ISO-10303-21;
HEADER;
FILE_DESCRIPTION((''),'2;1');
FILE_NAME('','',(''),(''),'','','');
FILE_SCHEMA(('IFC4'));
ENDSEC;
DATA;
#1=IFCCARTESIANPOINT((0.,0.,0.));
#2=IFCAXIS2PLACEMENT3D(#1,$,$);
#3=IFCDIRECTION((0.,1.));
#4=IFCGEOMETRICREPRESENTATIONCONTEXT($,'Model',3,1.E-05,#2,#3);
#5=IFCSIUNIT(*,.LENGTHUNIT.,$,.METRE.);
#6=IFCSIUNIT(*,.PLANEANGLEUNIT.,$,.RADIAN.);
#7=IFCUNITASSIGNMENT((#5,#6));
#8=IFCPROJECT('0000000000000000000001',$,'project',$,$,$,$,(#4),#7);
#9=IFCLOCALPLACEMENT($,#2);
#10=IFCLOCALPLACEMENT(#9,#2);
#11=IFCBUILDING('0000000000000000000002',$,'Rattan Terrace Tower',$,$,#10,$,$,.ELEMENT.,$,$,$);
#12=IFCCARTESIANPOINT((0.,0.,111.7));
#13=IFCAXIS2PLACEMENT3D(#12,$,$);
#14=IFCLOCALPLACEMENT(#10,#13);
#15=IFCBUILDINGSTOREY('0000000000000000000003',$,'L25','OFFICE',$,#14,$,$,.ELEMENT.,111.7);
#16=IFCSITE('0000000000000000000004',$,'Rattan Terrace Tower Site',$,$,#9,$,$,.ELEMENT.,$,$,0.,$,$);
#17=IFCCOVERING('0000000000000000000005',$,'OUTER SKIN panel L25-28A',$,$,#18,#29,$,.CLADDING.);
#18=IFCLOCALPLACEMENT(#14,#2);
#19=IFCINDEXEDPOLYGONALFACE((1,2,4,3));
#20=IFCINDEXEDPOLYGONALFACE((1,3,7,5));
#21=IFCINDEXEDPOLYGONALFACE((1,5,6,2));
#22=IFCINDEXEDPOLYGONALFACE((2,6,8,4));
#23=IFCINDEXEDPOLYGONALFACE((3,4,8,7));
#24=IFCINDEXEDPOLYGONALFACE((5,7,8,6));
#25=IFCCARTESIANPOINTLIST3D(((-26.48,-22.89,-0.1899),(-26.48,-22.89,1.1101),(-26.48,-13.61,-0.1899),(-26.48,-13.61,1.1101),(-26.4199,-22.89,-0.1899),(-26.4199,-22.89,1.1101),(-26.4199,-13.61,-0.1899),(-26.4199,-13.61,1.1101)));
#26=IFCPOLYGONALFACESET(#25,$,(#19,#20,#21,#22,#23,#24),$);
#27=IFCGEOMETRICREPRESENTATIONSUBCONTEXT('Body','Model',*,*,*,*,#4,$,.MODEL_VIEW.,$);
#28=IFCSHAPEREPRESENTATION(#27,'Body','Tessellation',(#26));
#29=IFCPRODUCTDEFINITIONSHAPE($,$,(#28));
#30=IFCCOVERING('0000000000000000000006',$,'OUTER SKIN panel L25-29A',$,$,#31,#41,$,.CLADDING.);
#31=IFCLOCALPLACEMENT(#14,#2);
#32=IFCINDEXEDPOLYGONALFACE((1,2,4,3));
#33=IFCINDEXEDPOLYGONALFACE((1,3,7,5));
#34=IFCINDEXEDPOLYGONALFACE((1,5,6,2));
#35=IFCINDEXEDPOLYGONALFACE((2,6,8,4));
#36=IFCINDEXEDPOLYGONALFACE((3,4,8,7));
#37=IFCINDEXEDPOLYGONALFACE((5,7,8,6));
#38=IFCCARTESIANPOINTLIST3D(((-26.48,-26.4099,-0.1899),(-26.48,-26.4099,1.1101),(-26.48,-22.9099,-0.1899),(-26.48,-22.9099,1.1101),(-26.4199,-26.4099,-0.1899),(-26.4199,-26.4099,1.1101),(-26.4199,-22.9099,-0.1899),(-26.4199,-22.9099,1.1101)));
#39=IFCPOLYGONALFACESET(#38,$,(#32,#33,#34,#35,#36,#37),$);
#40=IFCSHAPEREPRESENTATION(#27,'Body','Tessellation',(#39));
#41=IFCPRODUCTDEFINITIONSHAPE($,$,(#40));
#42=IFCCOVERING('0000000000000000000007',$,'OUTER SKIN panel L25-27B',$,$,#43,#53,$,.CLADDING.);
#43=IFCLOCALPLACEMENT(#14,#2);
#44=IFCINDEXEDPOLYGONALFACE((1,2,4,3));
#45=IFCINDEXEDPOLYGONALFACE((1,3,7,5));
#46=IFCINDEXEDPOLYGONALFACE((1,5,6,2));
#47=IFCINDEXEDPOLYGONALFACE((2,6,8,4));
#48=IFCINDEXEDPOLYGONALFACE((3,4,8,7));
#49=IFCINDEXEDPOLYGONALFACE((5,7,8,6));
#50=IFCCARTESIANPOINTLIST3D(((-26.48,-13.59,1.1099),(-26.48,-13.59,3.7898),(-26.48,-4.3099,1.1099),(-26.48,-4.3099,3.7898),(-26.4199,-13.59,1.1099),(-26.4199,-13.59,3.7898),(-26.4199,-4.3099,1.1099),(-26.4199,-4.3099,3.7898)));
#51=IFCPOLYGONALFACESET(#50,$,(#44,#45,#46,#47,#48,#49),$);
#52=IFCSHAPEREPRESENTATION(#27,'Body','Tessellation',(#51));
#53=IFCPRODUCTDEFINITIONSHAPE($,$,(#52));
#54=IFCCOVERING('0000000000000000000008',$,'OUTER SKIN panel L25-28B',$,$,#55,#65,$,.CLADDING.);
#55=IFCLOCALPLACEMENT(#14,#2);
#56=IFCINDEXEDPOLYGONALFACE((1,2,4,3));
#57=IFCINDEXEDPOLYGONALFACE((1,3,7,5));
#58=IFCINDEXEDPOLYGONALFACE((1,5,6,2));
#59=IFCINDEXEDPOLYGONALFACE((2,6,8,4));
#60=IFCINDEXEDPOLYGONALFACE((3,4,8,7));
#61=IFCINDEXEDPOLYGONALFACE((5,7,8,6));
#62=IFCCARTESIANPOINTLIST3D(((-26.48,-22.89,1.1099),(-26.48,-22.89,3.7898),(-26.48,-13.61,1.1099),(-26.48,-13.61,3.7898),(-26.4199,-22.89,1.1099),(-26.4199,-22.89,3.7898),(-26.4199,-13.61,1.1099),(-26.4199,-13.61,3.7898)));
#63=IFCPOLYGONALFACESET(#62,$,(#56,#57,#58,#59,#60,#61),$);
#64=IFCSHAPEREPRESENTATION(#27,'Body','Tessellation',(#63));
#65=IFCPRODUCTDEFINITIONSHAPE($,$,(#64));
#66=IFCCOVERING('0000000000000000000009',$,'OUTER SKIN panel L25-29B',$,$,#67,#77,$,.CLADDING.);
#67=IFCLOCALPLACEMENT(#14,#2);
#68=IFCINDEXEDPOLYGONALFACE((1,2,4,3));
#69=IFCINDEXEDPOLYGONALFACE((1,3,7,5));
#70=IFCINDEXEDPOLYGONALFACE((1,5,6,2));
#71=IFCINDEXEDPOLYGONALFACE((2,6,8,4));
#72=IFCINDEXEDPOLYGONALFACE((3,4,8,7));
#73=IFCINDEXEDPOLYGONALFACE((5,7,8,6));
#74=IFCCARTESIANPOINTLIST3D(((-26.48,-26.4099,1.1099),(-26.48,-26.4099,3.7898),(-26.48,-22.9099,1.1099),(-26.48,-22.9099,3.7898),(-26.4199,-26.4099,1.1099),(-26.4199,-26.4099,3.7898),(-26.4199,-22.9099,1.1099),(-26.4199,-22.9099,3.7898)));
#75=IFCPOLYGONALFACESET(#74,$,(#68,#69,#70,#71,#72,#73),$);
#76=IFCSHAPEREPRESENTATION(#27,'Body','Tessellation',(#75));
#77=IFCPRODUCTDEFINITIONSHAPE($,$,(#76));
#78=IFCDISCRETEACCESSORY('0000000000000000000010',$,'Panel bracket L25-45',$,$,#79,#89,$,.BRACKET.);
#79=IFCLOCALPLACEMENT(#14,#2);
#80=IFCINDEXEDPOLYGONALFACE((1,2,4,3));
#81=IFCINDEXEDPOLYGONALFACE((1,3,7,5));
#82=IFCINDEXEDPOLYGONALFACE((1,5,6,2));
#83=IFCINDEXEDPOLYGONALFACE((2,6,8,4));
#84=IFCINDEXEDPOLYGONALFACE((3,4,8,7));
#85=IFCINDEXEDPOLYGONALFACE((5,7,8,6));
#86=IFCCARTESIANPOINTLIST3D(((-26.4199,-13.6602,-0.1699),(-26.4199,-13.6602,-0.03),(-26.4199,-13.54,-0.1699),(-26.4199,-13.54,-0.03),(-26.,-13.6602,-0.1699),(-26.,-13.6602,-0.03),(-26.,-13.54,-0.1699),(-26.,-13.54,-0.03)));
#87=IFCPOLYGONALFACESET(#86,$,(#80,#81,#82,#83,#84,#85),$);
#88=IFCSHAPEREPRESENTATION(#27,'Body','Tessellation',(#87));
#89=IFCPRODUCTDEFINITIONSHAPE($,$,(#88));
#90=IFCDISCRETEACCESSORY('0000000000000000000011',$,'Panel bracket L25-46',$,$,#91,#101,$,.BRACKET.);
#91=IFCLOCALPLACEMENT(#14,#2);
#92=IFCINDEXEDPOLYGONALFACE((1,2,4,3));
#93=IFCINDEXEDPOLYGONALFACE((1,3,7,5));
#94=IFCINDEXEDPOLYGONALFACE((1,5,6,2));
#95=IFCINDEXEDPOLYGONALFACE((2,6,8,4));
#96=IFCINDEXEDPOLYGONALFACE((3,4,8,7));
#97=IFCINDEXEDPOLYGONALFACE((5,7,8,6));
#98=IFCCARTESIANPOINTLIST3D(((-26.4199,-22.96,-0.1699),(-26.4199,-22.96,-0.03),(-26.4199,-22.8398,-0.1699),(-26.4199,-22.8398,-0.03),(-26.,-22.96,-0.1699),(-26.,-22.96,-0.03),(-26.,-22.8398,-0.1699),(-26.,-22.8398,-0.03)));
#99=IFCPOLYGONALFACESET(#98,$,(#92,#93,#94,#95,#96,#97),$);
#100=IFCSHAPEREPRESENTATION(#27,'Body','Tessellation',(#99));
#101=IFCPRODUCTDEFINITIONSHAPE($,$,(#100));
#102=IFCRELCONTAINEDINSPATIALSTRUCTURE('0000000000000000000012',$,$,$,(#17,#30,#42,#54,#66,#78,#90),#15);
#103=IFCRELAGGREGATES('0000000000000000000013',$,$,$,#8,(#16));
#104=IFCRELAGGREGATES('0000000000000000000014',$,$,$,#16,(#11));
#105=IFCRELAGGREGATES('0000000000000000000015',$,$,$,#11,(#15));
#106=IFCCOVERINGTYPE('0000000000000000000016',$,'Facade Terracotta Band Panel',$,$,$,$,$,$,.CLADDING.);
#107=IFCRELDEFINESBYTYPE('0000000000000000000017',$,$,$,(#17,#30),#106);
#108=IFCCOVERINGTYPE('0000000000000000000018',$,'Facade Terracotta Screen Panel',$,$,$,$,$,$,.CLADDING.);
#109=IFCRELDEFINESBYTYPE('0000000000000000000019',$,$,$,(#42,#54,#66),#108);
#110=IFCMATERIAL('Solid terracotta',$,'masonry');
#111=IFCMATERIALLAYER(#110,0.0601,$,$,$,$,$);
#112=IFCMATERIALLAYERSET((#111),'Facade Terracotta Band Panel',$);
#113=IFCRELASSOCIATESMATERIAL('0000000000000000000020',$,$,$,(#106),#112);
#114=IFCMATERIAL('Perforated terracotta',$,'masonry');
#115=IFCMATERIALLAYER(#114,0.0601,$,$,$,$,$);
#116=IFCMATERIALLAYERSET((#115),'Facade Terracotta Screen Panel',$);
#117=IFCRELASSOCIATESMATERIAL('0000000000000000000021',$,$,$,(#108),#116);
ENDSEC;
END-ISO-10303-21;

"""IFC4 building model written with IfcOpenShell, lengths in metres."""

from ifc_helpers import new_model, si_unit, direction, frame, origin, origin_2d, place, context, subcontext, project, spatial, rectangle, extrude, material, layer, layer_set, type_object, element, save


model = new_model("IFC4")

# Units and contexts
model_context = context("Model", 3, precision=1e-05, world=origin(), true_north=direction((0.0, 1.0)))
body_context = subcontext(model_context, "Body", "Model", "MODEL_VIEW")
ifc_project = project(units=[si_unit("LENGTHUNIT", "METRE"), si_unit("PLANEANGLEUNIT", "RADIAN")], contexts=[model_context])

# Site, building, storey
site_placement = place(None, origin())
site = spatial("IfcSite", under=ifc_project, at=site_placement, Name="Rattan Terrace Tower Site", CompositionType="ELEMENT", RefElevation=0.0)
building_placement = place(site_placement, origin())
building = spatial("IfcBuilding", under=site, at=building_placement, Name="Rattan Terrace Tower", CompositionType="ELEMENT")
storey_placement = place(building_placement, frame((0.0, 0.0, 111.7)))
storey = spatial("IfcBuildingStorey", under=building, at=storey_placement, Name="L25", Description="OFFICE", CompositionType="ELEMENT", Elevation=111.7)

# Coverings
ifc_material_1 = material(Name="Solid terracotta", Category="masonry")
ifc_layer_1 = layer(ifc_material_1, 0.0601)
ifc_layer_set_1 = layer_set([ifc_layer_1], Name="Facade Terracotta Band Panel")
covering_type_1 = type_object("IfcCoveringType", Name="Facade Terracotta Band Panel", PredefinedType="CLADDING", material=ifc_layer_set_1)
for number, where, z_axis, x_axis, name in (
    (1, (-26.45, -18.25, -0.1899), (0.0, 0.0, 1.0), (0.0, -1.0, 0.0), "OUTER SKIN panel L25-28A"),
):
    element("IfcCovering", number, at=place(storey_placement, frame(where, z_axis=z_axis, x_axis=x_axis)), inside=storey, type_object=covering_type_1, Name=name, PredefinedType="CLADDING", context=body_context, shape_type="SweptSolid", body=[
        extrude(rectangle(XDim=9.28, YDim=0.0601, at=origin_2d()), origin(), (0.0, 0.0, 1.0), 1.3),
    ])
covering_1_placement = place(storey_placement, frame((-26.45, -24.6599, -0.1899), z_axis=(0.0, 0.0, 1.0), x_axis=(0.0, -1.0, 0.0)))
element("IfcCovering", 2, at=covering_1_placement, inside=storey, type_object=covering_type_1, Name="OUTER SKIN panel L25-29A", PredefinedType="CLADDING", context=body_context, shape_type="SweptSolid", body=[
    extrude(rectangle(XDim=3.5, YDim=0.0601, at=origin_2d()), origin(), (0.0, 0.0, 1.0), 1.3),
])
ifc_material_2 = material(Name="Perforated terracotta", Category="masonry")
ifc_layer_2 = layer(ifc_material_2, 0.0601)
ifc_layer_set_2 = layer_set([ifc_layer_2], Name="Facade Terracotta Screen Panel")
covering_type_2 = type_object("IfcCoveringType", Name="Facade Terracotta Screen Panel", PredefinedType="CLADDING", material=ifc_layer_set_2)
for number, where, z_axis, x_axis, name in (
    (3, (-26.45, -8.95, 1.1099), (0.0, 0.0, 1.0), (0.0, -1.0, 0.0), "OUTER SKIN panel L25-27B"),
    (4, (-26.45, -18.25, 1.1099), (0.0, 0.0, 1.0), (0.0, -1.0, 0.0), "OUTER SKIN panel L25-28B"),
):
    element("IfcCovering", number, at=place(storey_placement, frame(where, z_axis=z_axis, x_axis=x_axis)), inside=storey, type_object=covering_type_2, Name=name, PredefinedType="CLADDING", context=body_context, shape_type="SweptSolid", body=[
        extrude(rectangle(XDim=9.28, YDim=0.0601, at=origin_2d()), origin(), (0.0, 0.0, 1.0), 2.6799),
    ])
covering_2_placement = place(storey_placement, frame((-26.45, -24.6599, 1.1099), z_axis=(0.0, 0.0, 1.0), x_axis=(0.0, -1.0, 0.0)))
element("IfcCovering", 5, at=covering_2_placement, inside=storey, type_object=covering_type_2, Name="OUTER SKIN panel L25-29B", PredefinedType="CLADDING", context=body_context, shape_type="SweptSolid", body=[
    extrude(rectangle(XDim=3.5, YDim=0.0601, at=origin_2d()), origin(), (0.0, 0.0, 1.0), 2.6799),
])

# Discrete accessories
for number, where, z_axis, x_axis, name in (
    (6, (-26.21, -13.6001, -0.1699), (0.0, 0.0, 1.0), (0.0, -1.0, 0.0), "Panel bracket L25-45"),
    (7, (-26.21, -22.8999, -0.1699), (0.0, 0.0, 1.0), (0.0, -1.0, 0.0), "Panel bracket L25-46"),
):
    element("IfcDiscreteAccessory", number, at=place(storey_placement, frame(where, z_axis=z_axis, x_axis=x_axis)), inside=storey, Name=name, PredefinedType="BRACKET", context=body_context, shape_type="SweptSolid", body=[
        extrude(rectangle(XDim=0.1201, YDim=0.4199, at=origin_2d()), origin(), (0.0, 0.0, 1.0), 0.1399),
    ])

save(model, "model.ifc")
